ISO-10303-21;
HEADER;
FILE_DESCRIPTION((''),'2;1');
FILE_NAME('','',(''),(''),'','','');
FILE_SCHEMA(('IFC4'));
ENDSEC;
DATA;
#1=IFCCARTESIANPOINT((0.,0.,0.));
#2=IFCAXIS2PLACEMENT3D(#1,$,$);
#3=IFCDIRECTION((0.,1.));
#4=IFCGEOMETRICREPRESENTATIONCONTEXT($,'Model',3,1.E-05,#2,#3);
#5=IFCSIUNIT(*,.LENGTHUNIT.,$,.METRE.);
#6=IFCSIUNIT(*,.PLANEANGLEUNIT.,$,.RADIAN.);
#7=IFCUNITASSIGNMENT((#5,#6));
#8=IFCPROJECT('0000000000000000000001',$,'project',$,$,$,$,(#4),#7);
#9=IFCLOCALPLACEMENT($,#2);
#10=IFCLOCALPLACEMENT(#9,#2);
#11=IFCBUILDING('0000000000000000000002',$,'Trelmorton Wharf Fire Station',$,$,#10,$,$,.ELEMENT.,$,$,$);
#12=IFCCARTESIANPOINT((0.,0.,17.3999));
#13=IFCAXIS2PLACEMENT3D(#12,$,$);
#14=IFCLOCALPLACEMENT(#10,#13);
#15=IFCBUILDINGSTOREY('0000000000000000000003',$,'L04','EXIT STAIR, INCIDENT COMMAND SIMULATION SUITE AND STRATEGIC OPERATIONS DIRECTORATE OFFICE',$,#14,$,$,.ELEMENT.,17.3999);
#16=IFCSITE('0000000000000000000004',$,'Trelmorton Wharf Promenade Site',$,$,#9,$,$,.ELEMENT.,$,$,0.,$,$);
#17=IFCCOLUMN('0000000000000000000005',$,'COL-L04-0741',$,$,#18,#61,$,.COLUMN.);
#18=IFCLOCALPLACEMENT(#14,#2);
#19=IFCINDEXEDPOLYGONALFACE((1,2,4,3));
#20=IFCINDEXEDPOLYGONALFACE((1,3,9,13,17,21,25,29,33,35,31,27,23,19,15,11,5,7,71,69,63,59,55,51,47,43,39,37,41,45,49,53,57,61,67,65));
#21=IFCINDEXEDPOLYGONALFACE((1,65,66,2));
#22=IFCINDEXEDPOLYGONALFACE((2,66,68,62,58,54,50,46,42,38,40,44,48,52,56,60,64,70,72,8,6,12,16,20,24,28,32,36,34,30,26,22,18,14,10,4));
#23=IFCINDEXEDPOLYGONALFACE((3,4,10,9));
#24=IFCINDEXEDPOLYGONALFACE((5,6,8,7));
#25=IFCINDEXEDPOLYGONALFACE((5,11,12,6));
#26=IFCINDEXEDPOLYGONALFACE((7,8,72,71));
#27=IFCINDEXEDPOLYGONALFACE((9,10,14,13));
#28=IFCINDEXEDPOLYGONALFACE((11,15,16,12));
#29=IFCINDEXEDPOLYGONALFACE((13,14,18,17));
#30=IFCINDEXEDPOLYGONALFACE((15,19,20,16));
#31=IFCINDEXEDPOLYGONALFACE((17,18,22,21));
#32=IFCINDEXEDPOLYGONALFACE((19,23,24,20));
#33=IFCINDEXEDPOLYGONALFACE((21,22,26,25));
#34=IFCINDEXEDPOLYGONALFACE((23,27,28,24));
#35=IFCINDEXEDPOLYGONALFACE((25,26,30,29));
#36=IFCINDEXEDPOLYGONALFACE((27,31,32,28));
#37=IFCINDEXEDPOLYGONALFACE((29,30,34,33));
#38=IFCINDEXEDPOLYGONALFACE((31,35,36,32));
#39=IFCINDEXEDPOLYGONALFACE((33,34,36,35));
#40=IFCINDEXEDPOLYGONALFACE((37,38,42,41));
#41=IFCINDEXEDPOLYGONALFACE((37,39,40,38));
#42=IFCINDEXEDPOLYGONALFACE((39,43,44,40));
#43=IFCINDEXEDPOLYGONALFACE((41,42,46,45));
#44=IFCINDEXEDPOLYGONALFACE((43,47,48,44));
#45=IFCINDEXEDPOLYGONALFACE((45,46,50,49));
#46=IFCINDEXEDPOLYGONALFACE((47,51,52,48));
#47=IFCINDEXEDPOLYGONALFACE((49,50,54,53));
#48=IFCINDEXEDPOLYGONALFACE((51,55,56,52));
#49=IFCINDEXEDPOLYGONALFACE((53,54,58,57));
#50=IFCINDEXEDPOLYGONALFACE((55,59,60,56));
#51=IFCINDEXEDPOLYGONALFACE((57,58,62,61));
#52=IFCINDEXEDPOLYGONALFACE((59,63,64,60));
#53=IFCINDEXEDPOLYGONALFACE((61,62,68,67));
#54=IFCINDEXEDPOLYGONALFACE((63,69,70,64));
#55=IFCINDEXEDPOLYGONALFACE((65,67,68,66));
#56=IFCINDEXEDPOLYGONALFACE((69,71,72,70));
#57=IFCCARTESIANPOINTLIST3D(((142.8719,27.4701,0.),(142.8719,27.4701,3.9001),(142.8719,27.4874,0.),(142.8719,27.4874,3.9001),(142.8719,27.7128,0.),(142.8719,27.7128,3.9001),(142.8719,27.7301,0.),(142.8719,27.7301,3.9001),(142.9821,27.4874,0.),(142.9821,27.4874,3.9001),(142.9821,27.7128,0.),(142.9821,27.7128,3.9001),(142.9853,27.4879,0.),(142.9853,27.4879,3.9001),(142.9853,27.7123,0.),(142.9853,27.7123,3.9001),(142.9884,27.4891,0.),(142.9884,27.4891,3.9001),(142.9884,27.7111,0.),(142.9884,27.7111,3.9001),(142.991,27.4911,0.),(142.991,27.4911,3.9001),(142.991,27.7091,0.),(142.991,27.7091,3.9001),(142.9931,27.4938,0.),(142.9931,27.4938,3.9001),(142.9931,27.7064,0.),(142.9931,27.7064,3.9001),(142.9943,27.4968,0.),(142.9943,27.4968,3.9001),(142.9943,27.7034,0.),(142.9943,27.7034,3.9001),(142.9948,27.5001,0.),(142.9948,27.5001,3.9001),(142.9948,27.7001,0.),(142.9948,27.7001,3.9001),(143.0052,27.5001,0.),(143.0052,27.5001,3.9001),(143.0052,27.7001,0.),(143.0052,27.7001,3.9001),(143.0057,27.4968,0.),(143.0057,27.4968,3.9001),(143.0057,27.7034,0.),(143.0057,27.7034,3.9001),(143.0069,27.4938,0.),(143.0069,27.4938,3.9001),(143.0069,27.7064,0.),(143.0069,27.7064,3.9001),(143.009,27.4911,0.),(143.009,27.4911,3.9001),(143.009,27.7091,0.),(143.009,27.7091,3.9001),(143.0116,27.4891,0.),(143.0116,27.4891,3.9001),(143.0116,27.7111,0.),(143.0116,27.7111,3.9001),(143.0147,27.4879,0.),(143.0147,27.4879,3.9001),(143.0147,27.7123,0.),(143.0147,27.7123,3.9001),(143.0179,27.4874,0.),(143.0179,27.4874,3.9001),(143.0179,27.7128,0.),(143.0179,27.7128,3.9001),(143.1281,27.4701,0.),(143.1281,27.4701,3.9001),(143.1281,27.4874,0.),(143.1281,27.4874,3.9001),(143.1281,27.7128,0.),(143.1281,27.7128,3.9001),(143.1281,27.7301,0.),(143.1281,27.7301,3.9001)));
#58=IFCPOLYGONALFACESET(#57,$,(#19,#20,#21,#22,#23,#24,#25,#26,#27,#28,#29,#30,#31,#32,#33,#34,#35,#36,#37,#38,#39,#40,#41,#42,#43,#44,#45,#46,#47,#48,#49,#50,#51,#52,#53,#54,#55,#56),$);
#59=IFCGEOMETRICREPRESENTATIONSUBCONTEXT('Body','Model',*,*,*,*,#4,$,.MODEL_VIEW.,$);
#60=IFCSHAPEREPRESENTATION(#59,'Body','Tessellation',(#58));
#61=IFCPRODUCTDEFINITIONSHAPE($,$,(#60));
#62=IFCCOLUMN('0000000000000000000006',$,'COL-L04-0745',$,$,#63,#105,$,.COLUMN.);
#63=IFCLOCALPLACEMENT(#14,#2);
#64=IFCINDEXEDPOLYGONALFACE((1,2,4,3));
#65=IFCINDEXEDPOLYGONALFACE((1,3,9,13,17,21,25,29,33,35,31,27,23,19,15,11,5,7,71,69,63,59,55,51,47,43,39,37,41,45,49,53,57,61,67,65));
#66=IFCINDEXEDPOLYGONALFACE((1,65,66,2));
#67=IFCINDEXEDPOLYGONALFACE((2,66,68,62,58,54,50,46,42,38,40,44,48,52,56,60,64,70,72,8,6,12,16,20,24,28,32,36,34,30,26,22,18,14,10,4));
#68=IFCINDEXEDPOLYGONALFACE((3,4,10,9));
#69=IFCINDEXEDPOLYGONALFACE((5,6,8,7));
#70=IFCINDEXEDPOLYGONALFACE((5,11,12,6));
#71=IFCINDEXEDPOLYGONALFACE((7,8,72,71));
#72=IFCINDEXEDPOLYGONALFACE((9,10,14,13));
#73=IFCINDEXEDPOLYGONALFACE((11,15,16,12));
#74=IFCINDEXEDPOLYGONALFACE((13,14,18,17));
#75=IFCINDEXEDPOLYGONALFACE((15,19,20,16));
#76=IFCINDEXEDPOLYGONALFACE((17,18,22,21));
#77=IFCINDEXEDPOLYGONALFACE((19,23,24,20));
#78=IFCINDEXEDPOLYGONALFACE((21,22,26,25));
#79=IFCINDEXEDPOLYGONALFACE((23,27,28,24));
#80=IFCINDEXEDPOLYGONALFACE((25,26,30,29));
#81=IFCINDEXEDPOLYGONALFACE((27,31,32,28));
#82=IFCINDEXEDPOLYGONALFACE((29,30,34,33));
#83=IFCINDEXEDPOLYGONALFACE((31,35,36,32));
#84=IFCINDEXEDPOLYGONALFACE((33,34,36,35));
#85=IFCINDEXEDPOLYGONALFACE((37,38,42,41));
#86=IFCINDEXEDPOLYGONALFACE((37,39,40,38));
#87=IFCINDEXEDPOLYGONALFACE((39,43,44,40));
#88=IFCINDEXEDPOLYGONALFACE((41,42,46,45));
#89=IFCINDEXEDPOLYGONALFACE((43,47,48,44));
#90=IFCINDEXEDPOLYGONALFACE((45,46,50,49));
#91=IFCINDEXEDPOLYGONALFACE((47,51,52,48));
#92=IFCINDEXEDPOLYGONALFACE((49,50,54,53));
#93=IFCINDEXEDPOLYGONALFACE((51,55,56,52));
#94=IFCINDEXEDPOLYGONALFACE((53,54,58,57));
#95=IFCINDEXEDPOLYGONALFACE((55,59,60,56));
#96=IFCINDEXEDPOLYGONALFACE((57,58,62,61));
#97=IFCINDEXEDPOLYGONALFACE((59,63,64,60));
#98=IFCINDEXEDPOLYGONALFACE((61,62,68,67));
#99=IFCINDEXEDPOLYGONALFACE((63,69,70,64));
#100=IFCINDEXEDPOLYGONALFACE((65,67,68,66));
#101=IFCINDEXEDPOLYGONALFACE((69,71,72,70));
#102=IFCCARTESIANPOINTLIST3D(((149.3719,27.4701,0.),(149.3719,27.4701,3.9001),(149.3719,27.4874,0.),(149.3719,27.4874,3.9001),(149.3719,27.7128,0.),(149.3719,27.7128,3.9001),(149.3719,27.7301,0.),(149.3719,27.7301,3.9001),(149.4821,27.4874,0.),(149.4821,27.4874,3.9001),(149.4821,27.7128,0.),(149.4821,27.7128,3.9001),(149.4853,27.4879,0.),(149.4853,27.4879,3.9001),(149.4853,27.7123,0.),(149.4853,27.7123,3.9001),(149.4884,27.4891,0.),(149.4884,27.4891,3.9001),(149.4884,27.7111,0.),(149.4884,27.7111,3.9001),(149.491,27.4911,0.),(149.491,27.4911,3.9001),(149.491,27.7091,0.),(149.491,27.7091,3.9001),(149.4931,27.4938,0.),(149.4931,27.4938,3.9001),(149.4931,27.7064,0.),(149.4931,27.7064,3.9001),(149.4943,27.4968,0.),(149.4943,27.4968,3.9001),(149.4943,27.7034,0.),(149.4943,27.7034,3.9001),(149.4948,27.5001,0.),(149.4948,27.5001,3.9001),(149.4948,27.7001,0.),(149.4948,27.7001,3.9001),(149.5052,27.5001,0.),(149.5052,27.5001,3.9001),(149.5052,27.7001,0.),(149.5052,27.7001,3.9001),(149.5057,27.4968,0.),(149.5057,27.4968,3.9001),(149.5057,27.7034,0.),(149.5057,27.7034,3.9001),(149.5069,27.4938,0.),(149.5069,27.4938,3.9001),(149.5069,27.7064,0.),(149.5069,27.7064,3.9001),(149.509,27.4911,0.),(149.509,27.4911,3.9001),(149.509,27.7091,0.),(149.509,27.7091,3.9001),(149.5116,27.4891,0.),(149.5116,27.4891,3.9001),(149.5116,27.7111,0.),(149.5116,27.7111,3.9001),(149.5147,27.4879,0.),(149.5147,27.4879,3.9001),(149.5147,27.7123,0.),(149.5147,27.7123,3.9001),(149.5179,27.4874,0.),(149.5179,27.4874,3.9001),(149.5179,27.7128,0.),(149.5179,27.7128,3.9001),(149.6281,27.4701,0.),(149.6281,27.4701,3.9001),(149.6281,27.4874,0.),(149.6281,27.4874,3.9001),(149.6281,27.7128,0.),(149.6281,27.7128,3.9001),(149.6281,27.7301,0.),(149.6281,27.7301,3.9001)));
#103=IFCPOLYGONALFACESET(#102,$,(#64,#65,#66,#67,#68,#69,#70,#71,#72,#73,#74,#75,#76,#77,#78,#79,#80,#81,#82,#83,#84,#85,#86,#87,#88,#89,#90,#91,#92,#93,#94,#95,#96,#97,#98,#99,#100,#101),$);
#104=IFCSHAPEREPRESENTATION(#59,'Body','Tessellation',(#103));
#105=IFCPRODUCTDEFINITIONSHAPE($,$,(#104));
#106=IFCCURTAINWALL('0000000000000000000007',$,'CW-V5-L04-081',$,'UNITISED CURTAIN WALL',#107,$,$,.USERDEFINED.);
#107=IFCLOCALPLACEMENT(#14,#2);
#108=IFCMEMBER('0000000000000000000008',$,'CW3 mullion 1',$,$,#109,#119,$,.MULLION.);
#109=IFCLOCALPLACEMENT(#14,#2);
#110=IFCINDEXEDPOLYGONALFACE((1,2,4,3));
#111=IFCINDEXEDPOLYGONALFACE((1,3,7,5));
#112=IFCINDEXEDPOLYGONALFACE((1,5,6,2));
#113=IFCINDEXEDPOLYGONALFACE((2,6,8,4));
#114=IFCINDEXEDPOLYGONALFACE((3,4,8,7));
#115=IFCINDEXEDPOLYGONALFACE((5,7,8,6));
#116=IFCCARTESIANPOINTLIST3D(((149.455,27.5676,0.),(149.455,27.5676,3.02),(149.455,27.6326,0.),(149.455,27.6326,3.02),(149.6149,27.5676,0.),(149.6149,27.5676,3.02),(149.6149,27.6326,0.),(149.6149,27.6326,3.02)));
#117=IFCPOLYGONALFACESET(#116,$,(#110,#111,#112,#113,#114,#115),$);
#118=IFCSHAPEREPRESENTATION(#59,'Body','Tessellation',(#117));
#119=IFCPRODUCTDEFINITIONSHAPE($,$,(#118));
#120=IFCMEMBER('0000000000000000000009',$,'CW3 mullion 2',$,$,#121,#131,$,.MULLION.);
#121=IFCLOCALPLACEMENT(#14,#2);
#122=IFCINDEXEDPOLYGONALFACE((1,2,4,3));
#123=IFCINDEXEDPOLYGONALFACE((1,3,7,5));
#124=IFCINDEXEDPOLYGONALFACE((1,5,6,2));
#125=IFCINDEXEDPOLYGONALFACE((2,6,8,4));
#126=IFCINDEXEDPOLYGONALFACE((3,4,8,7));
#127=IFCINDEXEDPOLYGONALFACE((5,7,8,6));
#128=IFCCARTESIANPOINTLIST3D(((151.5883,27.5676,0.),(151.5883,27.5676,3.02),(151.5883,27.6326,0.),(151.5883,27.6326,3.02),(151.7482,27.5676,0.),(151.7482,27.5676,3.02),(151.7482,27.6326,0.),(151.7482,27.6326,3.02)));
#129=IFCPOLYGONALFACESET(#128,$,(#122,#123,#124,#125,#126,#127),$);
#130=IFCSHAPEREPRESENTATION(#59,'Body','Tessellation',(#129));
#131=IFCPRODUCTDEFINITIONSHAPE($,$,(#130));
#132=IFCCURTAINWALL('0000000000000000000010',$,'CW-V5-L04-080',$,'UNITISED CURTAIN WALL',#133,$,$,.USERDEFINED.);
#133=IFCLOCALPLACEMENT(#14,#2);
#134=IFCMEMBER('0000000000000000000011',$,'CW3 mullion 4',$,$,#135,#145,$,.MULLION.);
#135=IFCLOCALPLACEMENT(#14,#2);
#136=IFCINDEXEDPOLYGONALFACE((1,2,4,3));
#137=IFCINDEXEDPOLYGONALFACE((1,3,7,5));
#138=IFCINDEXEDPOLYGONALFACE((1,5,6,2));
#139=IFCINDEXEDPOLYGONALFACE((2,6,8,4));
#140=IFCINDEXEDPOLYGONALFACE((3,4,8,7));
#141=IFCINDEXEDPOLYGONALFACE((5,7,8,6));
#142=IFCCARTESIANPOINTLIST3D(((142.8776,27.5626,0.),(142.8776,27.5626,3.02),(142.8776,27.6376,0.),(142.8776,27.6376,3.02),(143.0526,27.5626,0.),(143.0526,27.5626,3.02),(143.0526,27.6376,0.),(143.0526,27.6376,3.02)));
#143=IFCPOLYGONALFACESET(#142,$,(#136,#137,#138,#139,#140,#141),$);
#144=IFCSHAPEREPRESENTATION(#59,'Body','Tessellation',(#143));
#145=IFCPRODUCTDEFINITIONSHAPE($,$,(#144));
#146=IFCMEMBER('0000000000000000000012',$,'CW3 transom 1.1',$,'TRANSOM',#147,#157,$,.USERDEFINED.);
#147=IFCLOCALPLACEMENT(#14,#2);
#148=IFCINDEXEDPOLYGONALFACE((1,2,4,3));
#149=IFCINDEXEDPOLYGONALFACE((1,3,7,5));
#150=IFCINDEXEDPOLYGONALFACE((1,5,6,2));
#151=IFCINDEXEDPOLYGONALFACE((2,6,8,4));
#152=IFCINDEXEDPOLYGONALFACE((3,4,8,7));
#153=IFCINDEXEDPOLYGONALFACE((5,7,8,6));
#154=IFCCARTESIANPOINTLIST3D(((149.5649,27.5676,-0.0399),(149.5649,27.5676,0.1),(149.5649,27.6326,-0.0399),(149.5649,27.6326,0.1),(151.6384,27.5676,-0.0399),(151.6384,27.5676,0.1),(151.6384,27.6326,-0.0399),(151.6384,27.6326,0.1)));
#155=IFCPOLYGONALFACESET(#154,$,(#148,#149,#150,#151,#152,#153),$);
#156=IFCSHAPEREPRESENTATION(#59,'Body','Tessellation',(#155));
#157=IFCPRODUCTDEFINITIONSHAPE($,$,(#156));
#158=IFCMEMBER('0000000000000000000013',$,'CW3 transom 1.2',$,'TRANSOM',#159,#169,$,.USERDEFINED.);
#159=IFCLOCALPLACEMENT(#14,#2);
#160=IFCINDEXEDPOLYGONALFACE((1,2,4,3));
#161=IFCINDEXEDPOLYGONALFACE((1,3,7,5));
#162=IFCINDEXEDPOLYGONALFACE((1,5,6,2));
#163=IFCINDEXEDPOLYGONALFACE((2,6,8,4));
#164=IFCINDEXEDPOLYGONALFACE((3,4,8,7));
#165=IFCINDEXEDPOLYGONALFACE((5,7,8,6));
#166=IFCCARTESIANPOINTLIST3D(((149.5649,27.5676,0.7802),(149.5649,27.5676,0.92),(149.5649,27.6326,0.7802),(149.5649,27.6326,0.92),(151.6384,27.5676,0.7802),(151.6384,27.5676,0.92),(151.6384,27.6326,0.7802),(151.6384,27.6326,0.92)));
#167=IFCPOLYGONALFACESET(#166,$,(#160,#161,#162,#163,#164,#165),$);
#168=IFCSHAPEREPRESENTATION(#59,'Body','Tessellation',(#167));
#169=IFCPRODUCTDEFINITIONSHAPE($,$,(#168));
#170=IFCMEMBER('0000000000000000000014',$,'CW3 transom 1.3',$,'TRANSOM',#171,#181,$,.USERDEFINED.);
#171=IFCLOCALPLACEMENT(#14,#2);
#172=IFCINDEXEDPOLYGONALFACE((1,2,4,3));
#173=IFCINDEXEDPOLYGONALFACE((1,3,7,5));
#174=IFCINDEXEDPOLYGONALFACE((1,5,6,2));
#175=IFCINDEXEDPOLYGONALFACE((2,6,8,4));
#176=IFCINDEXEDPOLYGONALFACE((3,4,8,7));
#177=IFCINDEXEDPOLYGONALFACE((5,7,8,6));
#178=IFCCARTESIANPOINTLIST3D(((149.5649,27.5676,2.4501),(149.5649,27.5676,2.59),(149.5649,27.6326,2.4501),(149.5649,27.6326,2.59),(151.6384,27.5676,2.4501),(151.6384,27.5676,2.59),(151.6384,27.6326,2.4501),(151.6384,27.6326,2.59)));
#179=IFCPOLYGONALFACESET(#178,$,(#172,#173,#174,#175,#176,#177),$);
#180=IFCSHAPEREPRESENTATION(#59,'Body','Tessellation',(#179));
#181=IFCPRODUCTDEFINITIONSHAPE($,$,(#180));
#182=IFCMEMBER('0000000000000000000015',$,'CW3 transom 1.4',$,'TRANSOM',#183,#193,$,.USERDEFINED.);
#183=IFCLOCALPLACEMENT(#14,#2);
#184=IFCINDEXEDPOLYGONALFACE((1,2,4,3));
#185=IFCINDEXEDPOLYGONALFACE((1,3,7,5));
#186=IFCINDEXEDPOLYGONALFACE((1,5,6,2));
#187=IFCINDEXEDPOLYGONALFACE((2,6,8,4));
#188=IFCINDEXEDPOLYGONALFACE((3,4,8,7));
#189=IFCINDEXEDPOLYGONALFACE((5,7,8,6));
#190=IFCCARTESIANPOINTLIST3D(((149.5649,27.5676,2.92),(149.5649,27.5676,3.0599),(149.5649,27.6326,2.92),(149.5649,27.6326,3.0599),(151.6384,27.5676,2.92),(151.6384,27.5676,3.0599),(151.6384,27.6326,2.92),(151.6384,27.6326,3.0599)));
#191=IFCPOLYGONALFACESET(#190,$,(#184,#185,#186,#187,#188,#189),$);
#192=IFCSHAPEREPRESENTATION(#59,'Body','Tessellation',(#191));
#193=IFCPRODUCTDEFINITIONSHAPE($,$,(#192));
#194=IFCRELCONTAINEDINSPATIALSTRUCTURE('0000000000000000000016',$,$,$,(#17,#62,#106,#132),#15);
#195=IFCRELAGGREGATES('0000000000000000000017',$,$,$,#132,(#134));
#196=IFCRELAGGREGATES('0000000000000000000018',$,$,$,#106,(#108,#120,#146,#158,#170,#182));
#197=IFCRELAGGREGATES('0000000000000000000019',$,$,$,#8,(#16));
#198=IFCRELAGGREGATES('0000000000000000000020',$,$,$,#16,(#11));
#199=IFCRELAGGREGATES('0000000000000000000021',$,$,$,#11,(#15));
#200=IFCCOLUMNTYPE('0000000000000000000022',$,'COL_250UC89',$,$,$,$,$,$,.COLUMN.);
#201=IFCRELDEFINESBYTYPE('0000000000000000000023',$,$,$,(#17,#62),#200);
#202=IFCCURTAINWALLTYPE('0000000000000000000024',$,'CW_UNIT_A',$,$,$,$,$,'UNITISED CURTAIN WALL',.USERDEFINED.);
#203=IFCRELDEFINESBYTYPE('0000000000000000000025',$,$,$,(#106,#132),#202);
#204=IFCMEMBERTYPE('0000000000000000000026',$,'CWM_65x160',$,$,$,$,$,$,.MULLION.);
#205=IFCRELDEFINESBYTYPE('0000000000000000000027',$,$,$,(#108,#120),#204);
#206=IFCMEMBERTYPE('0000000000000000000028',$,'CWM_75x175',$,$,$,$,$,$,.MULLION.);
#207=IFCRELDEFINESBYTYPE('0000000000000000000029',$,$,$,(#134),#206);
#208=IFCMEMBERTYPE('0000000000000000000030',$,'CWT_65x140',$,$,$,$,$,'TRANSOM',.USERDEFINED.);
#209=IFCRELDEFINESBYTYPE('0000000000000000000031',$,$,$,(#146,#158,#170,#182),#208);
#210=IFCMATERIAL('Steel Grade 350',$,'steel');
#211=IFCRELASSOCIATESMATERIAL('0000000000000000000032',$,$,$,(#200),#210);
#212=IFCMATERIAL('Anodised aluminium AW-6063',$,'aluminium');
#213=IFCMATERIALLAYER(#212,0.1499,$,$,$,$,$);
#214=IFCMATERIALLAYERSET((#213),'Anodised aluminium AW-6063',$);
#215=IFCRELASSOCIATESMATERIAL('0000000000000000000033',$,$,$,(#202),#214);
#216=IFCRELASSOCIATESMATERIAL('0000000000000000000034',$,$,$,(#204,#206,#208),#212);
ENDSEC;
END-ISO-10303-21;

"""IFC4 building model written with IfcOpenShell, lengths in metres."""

from ifc_helpers import new_model, si_unit, direction, frame, origin, origin_2d, place, context, subcontext, project, spatial, rectangle, i_section, extrude, material, layer, layer_set, material_profile, profile_set, type_object, element, aggregate, save


model = new_model("IFC4")

# Units and contexts
model_context = context("Model", 3, precision=1e-05, world=origin(), true_north=direction((0.0, 1.0)))
body_context = subcontext(model_context, "Body", "Model", "MODEL_VIEW")
ifc_project = project(units=[si_unit("LENGTHUNIT", "METRE"), si_unit("PLANEANGLEUNIT", "RADIAN")], contexts=[model_context])

# Site, building, storey
site_placement = place(None, origin())
site = spatial("IfcSite", under=ifc_project, at=site_placement, Name="Trelmorton Wharf Promenade Site", CompositionType="ELEMENT", RefElevation=0.0)
building_placement = place(site_placement, origin())
building = spatial("IfcBuilding", under=site, at=building_placement, Name="Trelmorton Wharf Fire Station", CompositionType="ELEMENT")
storey_placement = place(building_placement, frame((0.0, 0.0, 17.3999)))
storey = spatial("IfcBuildingStorey", under=building, at=storey_placement, Name="L04", Description="EXIT STAIR, INCIDENT COMMAND SIMULATION SUITE AND STRATEGIC OPERATIONS DIRECTORATE OFFICE", CompositionType="ELEMENT", Elevation=17.3999)

# Columns
ifc_material_1 = material(Name="Steel Grade 350", Category="steel")
ifc_material_profile_1 = material_profile(ifc_material_1, i_section(OverallWidth=0.2561, OverallDepth=0.26, WebThickness=0.0105, FlangeThickness=0.0173, FilletRadius=0.0127, at=origin_2d()), Name="250UC89.5")
ifc_profile_set_1 = profile_set([ifc_material_profile_1], Name="Steel Grade 350")
column_type = type_object("IfcColumnType", Name="COL_250UC89", PredefinedType="COLUMN", material=ifc_profile_set_1)
for number, where, z_axis, x_axis, name in (
    (1, (143.0, 27.6001, 0.0), (0.0, 0.0, 1.0), (1.0, 0.0, 0.0), "COL-L04-0741"),
    (2, (149.5, 27.6001, 0.0), (0.0, 0.0, 1.0), (1.0, 0.0, 0.0), "COL-L04-0745"),
):
    element("IfcColumn", number, at=place(storey_placement, frame(where, z_axis=z_axis, x_axis=x_axis)), inside=storey, type_object=column_type, Name=name, PredefinedType="COLUMN", context=body_context, shape_type="SweptSolid", body=[
        extrude(i_section(OverallWidth=0.2561, OverallDepth=0.26, WebThickness=0.0105, FlangeThickness=0.0173, FilletRadius=0.0127, at=origin_2d()), origin(), (0.0, 0.0, 1.0), 3.9001),
    ])

# Curtain wall, members
ifc_material_2 = material(Name="Anodised aluminium AW-6063", Category="aluminium")
ifc_layer_1 = layer(ifc_material_2, 0.1499)
ifc_layer_set_1 = layer_set([ifc_layer_1], Name="Anodised aluminium AW-6063")
curtain_wall_type = type_object("IfcCurtainWallType", Name="CW_UNIT_A", ElementType="UNITISED CURTAIN WALL", PredefinedType="USERDEFINED", material=ifc_layer_set_1)
curtain_wall_1_placement = place(storey_placement, origin())
curtain_wall_1 = element("IfcCurtainWall", 3, at=curtain_wall_1_placement, inside=storey, type_object=curtain_wall_type, Name="CW-V5-L04-081", ObjectType="UNITISED CURTAIN WALL", PredefinedType="USERDEFINED")
ifc_material_profile_2 = material_profile(ifc_material_2, rectangle(XDim=0.0649, YDim=0.1599, at=origin_2d()), Name="ALU-65x160")
ifc_profile_set_2 = profile_set([ifc_material_profile_2], Name="Anodised aluminium AW-6063")
member_type_1 = type_object("IfcMemberType", Name="CWM_65x160", PredefinedType="MULLION", material=ifc_profile_set_2)
member_1_placement = place(storey_placement, frame((149.5349, 27.6001, 0.0), z_axis=(0.0, 0.0, 1.0), x_axis=(0.0, 1.0, 0.0)))
member_1 = element("IfcMember", 4, at=member_1_placement, type_object=member_type_1, Name="CW3 mullion 1", PredefinedType="MULLION", context=body_context, shape_type="SweptSolid", body=[
    extrude(rectangle(XDim=0.0649, YDim=0.1599, at=origin_2d()), origin(), (0.0, 0.0, 1.0), 3.02),
])
member_2_placement = place(storey_placement, frame((151.6682, 27.6001, 0.0), z_axis=(0.0, 0.0, 1.0), x_axis=(0.0, 1.0, 0.0)))
member_2 = element("IfcMember", 5, at=member_2_placement, type_object=member_type_1, Name="CW3 mullion 2", PredefinedType="MULLION", context=body_context, shape_type="SweptSolid", body=[
    extrude(rectangle(XDim=0.0649, YDim=0.1599, at=origin_2d()), origin(), (0.0, 0.0, 1.0), 3.02),
])

# Curtain wall, member
curtain_wall_2_placement = place(storey_placement, origin())
curtain_wall_2 = element("IfcCurtainWall", 6, at=curtain_wall_2_placement, inside=storey, type_object=curtain_wall_type, Name="CW-V5-L04-080", ObjectType="UNITISED CURTAIN WALL", PredefinedType="USERDEFINED")
ifc_material_profile_3 = material_profile(ifc_material_2, rectangle(XDim=0.075, YDim=0.175, at=origin_2d()), Name="ALU-75x175")
ifc_profile_set_3 = profile_set([ifc_material_profile_3], Name="Anodised aluminium AW-6063")
member_type_2 = type_object("IfcMemberType", Name="CWM_75x175", PredefinedType="MULLION", material=ifc_profile_set_3)
member_3_placement = place(storey_placement, frame((142.9651, 27.6001, 0.0), z_axis=(0.0, 0.0, 1.0), x_axis=(0.0, 1.0, 0.0)))
member_3 = element("IfcMember", 7, at=member_3_placement, type_object=member_type_2, Name="CW3 mullion 4", PredefinedType="MULLION", context=body_context, shape_type="SweptSolid", body=[
    extrude(rectangle(XDim=0.075, YDim=0.175, at=origin_2d()), origin(), (0.0, 0.0, 1.0), 3.02),
])

# Members
ifc_material_profile_4 = material_profile(ifc_material_2, rectangle(XDim=0.0649, YDim=0.1399, at=origin_2d()), Name="ALU-65x140")
ifc_profile_set_4 = profile_set([ifc_material_profile_4], Name="Anodised aluminium AW-6063")
member_type_3 = type_object("IfcMemberType", Name="CWT_65x140", ElementType="TRANSOM", PredefinedType="USERDEFINED", material=ifc_profile_set_4)
member_4_placement = place(storey_placement, frame((149.5649, 27.6001, 0.03), z_axis=(1.0, 0.0, 0.0), x_axis=(0.0, 1.0, 0.0)))
member_4 = element("IfcMember", 8, at=member_4_placement, type_object=member_type_3, Name="CW3 transom 1.1", ObjectType="TRANSOM", PredefinedType="USERDEFINED", context=body_context, shape_type="SweptSolid", body=[
    extrude(rectangle(XDim=0.0649, YDim=0.1399, at=origin_2d()), origin(), (0.0, 0.0, 1.0), 2.0735),
])
member_5_placement = place(storey_placement, frame((149.5649, 27.6001, 0.8501), z_axis=(1.0, 0.0, 0.0), x_axis=(0.0, 1.0, 0.0)))
member_5 = element("IfcMember", 9, at=member_5_placement, type_object=member_type_3, Name="CW3 transom 1.2", ObjectType="TRANSOM", PredefinedType="USERDEFINED", context=body_context, shape_type="SweptSolid", body=[
    extrude(rectangle(XDim=0.0649, YDim=0.1399, at=origin_2d()), origin(), (0.0, 0.0, 1.0), 2.0735),
])
member_6_placement = place(storey_placement, frame((149.5649, 27.6001, 2.52), z_axis=(1.0, 0.0, 0.0), x_axis=(0.0, 1.0, 0.0)))
member_6 = element("IfcMember", 10, at=member_6_placement, type_object=member_type_3, Name="CW3 transom 1.3", ObjectType="TRANSOM", PredefinedType="USERDEFINED", context=body_context, shape_type="SweptSolid", body=[
    extrude(rectangle(XDim=0.0649, YDim=0.1399, at=origin_2d()), origin(), (0.0, 0.0, 1.0), 2.0735),
])
member_7_placement = place(storey_placement, frame((149.5649, 27.6001, 2.99), z_axis=(1.0, 0.0, 0.0), x_axis=(0.0, 1.0, 0.0)))
member_7 = element("IfcMember", 11, at=member_7_placement, type_object=member_type_3, Name="CW3 transom 1.4", ObjectType="TRANSOM", PredefinedType="USERDEFINED", context=body_context, shape_type="SweptSolid", body=[
    extrude(rectangle(XDim=0.0649, YDim=0.1399, at=origin_2d()), origin(), (0.0, 0.0, 1.0), 2.0735),
])

aggregate(curtain_wall_2, [member_3])
aggregate(curtain_wall_1, [member_1, member_2, member_4, member_5, member_6, member_7])

save(model, "model.ifc")
